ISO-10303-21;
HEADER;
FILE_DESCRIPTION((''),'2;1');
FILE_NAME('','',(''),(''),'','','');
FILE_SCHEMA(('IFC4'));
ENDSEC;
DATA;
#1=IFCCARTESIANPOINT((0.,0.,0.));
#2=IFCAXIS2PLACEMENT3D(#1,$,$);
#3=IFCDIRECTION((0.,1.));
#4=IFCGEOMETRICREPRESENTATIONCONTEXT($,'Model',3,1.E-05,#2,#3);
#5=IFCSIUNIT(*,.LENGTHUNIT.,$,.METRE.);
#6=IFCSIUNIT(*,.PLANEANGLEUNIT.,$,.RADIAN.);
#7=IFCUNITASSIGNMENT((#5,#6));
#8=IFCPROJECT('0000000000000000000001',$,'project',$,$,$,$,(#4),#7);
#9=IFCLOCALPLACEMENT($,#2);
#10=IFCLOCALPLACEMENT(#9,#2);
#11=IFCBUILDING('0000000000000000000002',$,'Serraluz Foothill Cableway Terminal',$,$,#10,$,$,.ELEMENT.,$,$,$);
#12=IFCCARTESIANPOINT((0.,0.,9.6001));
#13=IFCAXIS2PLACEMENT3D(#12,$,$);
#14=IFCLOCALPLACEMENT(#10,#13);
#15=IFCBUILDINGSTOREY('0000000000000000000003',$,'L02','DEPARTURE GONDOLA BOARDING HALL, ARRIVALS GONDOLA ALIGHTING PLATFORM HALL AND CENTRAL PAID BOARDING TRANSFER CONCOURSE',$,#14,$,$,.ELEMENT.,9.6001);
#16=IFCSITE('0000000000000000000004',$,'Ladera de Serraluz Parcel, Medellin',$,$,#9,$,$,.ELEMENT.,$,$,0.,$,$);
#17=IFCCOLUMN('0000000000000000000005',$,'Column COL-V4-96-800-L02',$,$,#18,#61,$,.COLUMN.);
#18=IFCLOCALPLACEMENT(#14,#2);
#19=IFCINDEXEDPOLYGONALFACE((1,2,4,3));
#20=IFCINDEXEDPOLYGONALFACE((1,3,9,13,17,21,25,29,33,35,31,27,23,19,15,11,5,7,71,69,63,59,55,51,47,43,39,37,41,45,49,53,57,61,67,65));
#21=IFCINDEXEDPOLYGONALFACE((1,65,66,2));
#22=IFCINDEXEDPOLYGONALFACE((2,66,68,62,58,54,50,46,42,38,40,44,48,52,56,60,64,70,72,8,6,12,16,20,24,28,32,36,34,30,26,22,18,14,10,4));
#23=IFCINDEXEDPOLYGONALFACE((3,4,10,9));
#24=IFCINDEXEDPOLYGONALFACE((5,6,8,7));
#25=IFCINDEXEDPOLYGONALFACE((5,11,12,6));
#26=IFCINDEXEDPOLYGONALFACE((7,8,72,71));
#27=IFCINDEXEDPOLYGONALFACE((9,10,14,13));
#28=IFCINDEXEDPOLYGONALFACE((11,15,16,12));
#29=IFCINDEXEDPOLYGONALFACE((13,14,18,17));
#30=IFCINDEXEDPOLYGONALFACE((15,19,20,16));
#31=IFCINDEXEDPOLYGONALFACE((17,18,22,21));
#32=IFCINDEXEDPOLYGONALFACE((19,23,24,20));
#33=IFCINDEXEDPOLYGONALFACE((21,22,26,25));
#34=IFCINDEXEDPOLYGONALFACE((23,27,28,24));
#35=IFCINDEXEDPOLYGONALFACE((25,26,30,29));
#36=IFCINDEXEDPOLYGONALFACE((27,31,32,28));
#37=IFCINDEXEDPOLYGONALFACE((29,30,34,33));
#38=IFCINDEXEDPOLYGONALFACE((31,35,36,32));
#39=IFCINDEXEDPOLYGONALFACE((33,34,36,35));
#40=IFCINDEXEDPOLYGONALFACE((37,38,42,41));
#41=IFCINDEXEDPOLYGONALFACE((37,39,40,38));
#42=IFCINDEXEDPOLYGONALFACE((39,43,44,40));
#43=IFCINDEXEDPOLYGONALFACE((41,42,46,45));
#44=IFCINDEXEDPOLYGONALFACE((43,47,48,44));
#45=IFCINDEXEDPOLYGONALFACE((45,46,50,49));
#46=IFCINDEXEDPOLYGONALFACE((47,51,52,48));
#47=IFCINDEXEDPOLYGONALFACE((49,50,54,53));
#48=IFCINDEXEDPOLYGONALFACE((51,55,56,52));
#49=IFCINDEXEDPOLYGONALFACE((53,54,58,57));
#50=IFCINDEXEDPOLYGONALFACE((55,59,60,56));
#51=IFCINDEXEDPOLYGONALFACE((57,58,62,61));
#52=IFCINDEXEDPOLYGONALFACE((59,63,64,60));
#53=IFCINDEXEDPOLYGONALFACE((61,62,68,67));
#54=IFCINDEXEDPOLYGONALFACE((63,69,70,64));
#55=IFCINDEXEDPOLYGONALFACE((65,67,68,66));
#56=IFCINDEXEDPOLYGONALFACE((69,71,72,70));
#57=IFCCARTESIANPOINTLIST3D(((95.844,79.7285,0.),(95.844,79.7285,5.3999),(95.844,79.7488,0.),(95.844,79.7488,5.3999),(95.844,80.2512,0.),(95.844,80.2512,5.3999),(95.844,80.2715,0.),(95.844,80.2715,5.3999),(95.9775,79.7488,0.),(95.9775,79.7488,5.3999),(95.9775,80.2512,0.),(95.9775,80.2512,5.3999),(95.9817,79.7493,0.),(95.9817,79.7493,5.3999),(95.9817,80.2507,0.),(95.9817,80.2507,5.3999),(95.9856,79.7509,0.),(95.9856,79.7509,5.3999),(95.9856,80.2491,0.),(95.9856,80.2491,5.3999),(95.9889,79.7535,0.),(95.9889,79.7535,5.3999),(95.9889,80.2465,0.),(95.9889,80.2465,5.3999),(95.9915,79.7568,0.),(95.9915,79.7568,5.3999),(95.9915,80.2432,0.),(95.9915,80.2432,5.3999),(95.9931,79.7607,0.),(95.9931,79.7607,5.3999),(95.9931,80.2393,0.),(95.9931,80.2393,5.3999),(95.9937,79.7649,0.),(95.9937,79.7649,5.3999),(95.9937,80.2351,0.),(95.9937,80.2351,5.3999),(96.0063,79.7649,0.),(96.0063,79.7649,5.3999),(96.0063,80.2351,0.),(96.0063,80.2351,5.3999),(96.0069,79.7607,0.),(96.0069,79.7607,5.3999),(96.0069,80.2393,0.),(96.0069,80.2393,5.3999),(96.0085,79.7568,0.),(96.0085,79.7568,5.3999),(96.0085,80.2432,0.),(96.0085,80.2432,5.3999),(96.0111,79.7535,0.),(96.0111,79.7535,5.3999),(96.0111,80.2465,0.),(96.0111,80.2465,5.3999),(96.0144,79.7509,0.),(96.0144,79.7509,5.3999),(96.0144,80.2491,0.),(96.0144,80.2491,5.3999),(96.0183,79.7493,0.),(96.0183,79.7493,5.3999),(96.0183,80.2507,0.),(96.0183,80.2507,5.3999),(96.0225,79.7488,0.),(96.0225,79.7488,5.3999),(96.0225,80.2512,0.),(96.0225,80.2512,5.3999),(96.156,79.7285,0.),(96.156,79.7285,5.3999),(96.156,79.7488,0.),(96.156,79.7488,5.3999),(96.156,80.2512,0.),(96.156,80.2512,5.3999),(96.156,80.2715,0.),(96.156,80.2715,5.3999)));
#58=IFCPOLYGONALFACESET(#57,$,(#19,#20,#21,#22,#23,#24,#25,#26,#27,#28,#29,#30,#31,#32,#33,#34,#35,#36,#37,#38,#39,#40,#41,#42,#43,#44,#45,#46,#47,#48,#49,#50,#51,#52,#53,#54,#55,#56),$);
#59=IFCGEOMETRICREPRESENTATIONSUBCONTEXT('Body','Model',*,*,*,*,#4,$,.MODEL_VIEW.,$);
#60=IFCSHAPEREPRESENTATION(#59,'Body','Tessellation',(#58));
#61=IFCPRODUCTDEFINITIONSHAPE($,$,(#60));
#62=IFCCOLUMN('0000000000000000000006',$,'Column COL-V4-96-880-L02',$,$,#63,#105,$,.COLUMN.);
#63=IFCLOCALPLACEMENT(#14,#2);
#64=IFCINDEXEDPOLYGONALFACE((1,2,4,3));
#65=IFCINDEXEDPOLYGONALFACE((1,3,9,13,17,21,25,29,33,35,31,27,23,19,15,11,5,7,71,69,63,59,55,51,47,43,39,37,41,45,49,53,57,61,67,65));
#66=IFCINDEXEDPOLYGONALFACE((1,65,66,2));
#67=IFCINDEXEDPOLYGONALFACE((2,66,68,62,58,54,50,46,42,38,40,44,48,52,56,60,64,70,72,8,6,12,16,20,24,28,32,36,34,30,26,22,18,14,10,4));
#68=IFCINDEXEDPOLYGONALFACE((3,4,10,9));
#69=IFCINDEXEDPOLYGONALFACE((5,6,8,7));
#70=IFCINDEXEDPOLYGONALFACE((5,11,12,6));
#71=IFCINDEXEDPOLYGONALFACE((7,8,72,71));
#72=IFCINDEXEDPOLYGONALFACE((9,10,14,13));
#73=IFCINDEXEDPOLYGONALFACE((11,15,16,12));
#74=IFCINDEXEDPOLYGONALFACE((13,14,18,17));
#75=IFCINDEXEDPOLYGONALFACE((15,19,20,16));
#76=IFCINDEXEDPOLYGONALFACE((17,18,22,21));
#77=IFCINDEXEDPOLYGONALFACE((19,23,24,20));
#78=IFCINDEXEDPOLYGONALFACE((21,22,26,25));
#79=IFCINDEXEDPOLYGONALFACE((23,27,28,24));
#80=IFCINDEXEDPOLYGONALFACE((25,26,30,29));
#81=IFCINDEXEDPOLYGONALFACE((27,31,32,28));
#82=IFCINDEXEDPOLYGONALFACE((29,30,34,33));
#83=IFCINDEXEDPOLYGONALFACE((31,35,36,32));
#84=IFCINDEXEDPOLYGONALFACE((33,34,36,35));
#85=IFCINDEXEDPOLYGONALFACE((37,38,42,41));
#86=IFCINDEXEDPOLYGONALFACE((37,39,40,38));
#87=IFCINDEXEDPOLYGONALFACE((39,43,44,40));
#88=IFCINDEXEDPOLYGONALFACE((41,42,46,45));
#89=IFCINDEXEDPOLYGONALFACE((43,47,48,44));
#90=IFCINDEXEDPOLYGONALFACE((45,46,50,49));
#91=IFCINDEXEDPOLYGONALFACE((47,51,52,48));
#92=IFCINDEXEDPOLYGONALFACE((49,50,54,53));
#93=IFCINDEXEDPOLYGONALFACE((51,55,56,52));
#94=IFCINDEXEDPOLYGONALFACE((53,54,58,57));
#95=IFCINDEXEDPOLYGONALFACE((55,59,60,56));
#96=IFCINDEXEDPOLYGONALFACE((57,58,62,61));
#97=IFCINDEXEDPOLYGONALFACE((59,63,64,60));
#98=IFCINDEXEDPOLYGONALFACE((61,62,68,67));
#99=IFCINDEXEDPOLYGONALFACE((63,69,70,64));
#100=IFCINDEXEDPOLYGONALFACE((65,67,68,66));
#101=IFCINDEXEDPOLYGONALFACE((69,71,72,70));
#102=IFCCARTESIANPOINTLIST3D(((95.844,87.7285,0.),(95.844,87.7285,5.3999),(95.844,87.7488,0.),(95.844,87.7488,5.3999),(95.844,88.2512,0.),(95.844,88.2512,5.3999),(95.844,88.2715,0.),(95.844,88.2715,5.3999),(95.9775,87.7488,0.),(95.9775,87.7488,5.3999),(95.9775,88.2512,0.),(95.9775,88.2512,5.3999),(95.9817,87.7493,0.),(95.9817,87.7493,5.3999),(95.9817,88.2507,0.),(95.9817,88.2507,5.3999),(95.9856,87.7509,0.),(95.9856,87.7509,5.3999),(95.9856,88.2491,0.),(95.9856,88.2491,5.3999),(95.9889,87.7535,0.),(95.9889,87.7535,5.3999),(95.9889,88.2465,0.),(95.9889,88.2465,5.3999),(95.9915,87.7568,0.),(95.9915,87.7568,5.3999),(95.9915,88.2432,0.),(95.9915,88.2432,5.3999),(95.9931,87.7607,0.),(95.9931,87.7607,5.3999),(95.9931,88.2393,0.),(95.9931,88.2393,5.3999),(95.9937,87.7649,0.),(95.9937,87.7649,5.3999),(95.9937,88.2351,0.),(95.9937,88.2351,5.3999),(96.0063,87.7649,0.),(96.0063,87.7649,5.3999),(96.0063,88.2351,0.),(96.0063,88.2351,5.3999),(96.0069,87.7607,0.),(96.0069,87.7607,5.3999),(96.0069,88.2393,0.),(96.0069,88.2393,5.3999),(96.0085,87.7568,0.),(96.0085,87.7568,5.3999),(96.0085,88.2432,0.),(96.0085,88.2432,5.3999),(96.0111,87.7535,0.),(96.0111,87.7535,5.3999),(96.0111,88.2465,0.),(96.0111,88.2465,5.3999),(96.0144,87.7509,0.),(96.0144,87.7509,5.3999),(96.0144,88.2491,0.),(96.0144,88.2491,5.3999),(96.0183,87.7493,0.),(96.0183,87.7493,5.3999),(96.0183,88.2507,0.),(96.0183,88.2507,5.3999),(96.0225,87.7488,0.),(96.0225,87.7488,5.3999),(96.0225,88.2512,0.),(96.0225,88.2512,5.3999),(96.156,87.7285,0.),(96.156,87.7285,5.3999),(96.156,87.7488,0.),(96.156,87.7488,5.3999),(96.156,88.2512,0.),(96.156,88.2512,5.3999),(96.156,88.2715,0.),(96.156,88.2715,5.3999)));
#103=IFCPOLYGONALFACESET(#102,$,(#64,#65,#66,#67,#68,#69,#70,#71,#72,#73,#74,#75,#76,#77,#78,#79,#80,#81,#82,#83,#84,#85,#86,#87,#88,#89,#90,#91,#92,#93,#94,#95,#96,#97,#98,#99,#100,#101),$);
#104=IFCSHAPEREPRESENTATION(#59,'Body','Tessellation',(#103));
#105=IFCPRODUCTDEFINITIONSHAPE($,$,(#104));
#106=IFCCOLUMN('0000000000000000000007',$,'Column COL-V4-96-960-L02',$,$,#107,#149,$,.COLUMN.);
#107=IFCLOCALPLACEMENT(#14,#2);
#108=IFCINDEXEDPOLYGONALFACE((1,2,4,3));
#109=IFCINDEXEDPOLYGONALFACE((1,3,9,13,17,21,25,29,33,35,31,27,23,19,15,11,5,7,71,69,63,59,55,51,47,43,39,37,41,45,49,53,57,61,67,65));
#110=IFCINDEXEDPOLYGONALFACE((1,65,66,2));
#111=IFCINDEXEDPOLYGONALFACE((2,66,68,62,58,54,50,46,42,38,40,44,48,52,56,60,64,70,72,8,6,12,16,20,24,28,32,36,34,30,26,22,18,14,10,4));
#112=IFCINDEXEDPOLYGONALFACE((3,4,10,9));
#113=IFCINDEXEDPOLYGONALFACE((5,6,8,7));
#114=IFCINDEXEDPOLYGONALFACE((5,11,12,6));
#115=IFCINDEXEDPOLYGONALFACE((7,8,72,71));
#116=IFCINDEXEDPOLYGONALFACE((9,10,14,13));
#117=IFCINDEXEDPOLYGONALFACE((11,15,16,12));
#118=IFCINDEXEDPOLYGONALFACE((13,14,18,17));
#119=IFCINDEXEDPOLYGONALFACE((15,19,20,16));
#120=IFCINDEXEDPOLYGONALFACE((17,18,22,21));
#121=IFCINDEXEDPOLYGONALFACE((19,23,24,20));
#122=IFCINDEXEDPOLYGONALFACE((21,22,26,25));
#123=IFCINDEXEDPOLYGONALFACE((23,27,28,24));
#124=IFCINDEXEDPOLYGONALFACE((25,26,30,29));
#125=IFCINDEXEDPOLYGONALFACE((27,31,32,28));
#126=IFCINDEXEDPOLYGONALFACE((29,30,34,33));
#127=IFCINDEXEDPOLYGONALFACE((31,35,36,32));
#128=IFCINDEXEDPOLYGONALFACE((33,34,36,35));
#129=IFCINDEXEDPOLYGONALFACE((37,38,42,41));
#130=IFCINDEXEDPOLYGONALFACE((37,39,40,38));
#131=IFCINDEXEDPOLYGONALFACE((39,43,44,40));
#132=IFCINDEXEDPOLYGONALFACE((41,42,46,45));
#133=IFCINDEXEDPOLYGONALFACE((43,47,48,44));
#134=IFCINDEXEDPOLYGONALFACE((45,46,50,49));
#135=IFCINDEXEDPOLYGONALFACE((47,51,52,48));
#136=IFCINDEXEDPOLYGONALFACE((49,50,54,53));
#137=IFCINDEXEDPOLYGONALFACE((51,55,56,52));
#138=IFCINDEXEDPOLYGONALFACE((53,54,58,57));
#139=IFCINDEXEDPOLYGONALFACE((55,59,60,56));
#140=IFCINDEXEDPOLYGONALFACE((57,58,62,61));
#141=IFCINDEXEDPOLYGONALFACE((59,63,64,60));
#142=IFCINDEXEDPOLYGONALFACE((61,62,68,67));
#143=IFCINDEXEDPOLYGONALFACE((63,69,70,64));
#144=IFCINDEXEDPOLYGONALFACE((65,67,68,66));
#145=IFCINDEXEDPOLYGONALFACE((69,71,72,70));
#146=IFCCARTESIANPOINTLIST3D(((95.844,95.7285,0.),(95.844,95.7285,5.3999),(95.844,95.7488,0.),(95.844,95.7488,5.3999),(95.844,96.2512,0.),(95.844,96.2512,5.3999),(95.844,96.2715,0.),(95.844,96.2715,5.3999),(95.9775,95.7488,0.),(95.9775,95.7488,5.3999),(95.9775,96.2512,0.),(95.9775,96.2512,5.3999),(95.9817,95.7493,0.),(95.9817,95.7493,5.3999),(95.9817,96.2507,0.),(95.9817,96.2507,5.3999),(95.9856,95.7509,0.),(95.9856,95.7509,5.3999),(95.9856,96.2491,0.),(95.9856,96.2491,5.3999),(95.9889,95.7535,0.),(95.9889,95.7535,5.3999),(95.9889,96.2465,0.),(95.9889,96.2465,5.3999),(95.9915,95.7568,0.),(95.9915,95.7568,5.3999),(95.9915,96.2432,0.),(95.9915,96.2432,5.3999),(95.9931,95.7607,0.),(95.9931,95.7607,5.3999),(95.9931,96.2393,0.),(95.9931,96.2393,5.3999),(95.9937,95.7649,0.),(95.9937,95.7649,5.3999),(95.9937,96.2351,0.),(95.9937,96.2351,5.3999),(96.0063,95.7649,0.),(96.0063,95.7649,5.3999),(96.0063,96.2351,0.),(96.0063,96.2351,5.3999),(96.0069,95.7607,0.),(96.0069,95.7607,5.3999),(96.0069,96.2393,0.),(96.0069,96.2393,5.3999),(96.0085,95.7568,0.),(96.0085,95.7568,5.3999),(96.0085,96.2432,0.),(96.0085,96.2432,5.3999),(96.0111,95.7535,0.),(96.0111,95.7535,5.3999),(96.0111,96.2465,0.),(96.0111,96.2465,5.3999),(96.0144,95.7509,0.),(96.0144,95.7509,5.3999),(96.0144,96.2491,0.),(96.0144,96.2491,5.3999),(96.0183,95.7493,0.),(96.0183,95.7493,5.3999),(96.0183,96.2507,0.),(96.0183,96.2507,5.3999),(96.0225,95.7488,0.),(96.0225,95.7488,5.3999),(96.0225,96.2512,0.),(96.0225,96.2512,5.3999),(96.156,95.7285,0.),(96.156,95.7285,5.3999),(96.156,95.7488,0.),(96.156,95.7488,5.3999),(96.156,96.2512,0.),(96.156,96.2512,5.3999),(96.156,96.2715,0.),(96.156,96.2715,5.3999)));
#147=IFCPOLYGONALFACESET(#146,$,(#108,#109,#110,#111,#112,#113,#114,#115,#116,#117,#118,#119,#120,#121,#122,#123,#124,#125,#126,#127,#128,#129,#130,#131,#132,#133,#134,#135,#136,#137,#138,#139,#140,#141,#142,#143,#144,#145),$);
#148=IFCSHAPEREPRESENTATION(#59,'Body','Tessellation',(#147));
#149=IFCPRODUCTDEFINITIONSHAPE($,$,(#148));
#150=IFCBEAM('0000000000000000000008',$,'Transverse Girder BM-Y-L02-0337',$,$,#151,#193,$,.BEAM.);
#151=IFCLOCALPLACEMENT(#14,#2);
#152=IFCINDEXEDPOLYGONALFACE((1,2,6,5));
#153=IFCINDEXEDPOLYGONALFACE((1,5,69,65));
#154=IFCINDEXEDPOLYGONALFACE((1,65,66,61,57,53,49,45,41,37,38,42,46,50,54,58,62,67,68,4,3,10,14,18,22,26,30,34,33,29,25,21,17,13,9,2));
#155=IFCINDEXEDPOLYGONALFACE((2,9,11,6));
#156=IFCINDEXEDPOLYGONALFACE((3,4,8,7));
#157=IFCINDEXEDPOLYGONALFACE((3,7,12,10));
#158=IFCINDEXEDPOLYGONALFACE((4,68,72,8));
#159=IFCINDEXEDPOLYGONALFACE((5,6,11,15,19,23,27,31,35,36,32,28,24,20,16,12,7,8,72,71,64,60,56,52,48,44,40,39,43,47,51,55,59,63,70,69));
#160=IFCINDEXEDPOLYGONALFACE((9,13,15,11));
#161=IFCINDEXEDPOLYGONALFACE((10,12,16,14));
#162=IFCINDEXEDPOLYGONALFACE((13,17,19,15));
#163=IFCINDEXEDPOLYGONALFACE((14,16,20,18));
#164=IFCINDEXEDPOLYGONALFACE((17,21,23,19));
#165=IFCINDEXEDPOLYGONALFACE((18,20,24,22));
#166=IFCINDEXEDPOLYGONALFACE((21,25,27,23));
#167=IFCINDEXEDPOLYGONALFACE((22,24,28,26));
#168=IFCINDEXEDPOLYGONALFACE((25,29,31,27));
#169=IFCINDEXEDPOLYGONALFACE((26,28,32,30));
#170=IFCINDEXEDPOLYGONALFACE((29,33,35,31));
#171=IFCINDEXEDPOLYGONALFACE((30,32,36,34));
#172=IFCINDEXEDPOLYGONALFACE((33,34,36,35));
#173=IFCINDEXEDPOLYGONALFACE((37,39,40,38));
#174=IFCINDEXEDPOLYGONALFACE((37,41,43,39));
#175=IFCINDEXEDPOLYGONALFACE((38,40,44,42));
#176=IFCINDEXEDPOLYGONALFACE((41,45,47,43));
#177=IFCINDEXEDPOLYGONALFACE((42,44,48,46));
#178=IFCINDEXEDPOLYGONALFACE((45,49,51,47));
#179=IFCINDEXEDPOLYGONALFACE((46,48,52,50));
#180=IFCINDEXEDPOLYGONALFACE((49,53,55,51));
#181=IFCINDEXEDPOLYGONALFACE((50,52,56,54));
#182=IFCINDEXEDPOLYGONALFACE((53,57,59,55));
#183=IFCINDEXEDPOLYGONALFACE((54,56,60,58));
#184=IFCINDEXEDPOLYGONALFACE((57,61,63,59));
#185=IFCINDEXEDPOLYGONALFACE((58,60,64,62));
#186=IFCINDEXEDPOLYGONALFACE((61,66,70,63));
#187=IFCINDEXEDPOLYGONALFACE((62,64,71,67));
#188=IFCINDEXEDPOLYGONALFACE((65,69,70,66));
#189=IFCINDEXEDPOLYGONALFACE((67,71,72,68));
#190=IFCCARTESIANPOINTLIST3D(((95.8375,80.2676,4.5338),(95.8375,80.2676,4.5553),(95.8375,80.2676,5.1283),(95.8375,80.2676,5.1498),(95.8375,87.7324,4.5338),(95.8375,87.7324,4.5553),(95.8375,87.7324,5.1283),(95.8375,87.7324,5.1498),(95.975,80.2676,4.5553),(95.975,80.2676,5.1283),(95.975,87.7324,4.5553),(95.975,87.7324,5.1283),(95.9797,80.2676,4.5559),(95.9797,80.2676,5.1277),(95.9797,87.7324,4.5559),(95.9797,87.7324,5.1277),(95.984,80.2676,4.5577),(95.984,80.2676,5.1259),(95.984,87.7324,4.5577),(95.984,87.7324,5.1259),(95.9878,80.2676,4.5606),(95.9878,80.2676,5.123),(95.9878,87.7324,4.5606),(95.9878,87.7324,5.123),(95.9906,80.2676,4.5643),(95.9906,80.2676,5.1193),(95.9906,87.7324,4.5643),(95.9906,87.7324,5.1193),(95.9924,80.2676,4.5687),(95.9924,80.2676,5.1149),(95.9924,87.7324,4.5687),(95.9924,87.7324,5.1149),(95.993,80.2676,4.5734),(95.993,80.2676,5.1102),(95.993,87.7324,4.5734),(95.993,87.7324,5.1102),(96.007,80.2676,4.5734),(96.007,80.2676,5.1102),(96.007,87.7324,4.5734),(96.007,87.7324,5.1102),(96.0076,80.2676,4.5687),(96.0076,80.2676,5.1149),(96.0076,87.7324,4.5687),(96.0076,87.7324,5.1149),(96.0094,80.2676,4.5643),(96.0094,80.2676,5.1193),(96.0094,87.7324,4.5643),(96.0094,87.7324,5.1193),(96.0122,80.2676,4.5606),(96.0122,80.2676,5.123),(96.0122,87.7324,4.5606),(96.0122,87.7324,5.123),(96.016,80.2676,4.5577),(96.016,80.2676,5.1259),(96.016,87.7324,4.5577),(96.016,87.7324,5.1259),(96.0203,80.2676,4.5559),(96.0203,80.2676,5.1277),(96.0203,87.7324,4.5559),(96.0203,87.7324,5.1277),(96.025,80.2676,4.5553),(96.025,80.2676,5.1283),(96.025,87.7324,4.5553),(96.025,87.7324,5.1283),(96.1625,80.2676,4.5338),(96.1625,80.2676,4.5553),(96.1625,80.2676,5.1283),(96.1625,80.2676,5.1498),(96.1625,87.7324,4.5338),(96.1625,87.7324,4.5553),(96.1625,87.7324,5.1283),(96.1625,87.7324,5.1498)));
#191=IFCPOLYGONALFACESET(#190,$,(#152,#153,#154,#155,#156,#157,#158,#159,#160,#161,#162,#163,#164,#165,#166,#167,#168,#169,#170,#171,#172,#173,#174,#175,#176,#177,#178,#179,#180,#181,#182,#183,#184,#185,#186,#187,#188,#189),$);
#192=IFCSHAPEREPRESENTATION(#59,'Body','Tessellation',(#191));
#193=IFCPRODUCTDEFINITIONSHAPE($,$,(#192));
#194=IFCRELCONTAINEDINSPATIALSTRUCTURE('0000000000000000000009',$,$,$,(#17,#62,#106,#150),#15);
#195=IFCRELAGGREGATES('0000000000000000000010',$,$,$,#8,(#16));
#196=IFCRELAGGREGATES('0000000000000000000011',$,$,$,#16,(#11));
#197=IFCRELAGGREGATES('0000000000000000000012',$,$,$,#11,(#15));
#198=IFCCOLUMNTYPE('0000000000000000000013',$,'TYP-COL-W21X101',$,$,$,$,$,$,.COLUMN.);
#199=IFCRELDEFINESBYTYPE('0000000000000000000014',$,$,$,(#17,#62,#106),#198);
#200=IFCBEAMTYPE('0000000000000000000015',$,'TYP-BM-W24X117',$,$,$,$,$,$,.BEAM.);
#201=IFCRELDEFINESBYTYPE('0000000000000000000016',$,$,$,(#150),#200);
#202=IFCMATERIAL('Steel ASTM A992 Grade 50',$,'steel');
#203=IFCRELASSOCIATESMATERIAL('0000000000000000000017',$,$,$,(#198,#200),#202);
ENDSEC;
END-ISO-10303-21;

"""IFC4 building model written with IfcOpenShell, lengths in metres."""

from ifc_helpers import new_model, si_unit, direction, frame, origin, origin_2d, place, context, subcontext, project, spatial, i_section, extrude, material, material_profile, profile_set, type_object, element, save


model = new_model("IFC4")

# Units and contexts
model_context = context("Model", 3, precision=1e-05, world=origin(), true_north=direction((0.0, 1.0)))
body_context = subcontext(model_context, "Body", "Model", "MODEL_VIEW")
ifc_project = project(units=[si_unit("LENGTHUNIT", "METRE"), si_unit("PLANEANGLEUNIT", "RADIAN")], contexts=[model_context])

# Site, building, storey
site_placement = place(None, origin())
site = spatial("IfcSite", under=ifc_project, at=site_placement, Name="Ladera de Serraluz Parcel, Medellin", CompositionType="ELEMENT", RefElevation=0.0)
building_placement = place(site_placement, origin())
building = spatial("IfcBuilding", under=site, at=building_placement, Name="Serraluz Foothill Cableway Terminal", CompositionType="ELEMENT")
storey_placement = place(building_placement, frame((0.0, 0.0, 9.6001)))
storey = spatial("IfcBuildingStorey", under=building, at=storey_placement, Name="L02", Description="DEPARTURE GONDOLA BOARDING HALL, ARRIVALS GONDOLA ALIGHTING PLATFORM HALL AND CENTRAL PAID BOARDING TRANSFER CONCOURSE", CompositionType="ELEMENT", Elevation=9.6001)

# Columns
ifc_material_1 = material(Name="Steel ASTM A992 Grade 50", Category="steel")
ifc_material_profile_1 = material_profile(ifc_material_1, i_section(OverallWidth=0.312, OverallDepth=0.543, WebThickness=0.0127, FlangeThickness=0.0203, FilletRadius=0.0161, at=origin_2d()), Name="W21X101")
ifc_profile_set_1 = profile_set([ifc_material_profile_1], Name="Steel ASTM A992 Grade 50")
column_type = type_object("IfcColumnType", Name="TYP-COL-W21X101", PredefinedType="COLUMN", material=ifc_profile_set_1)
for number, where, z_axis, x_axis, name in (
    (1, (96.0, 80.0, 0.0), (0.0, 0.0, 1.0), (1.0, 0.0, 0.0), "Column COL-V4-96-800-L02"),
    (2, (96.0, 88.0, 0.0), (0.0, 0.0, 1.0), (1.0, 0.0, 0.0), "Column COL-V4-96-880-L02"),
    (3, (96.0, 96.0, 0.0), (0.0, 0.0, 1.0), (1.0, 0.0, 0.0), "Column COL-V4-96-960-L02"),
):
    element("IfcColumn", number, at=place(storey_placement, frame(where, z_axis=z_axis, x_axis=x_axis)), inside=storey, type_object=column_type, Name=name, PredefinedType="COLUMN", context=body_context, shape_type="SweptSolid", body=[
        extrude(i_section(OverallWidth=0.312, OverallDepth=0.543, WebThickness=0.0127, FlangeThickness=0.0203, FilletRadius=0.0161, at=origin_2d()), origin(), (0.0, 0.0, 1.0), 5.3999),
    ])

# Beam
ifc_material_profile_2 = material_profile(ifc_material_1, i_section(OverallWidth=0.325, OverallDepth=0.616, WebThickness=0.0139, FlangeThickness=0.0215, FilletRadius=0.0181, at=origin_2d()), Name="W24X117")
ifc_profile_set_2 = profile_set([ifc_material_profile_2], Name="Steel ASTM A992 Grade 50")
beam_type_1 = type_object("IfcBeamType", Name="TYP-BM-W24X117", PredefinedType="BEAM", material=ifc_profile_set_2)
for number, where, z_axis, x_axis, name in (
    (4, (96.0, 80.2676, 4.8418), (0.0, 1.0, 0.0), (-1.0, 0.0, 0.0), "Transverse Girder BM-Y-L02-0337"),
):
    element("IfcBeam", number, at=place(storey_placement, frame(where, z_axis=z_axis, x_axis=x_axis)), inside=storey, type_object=beam_type_1, Name=name, PredefinedType="BEAM", context=body_context, shape_type="SweptSolid", body=[
        extrude(i_section(OverallWidth=0.325, OverallDepth=0.616, WebThickness=0.0139, FlangeThickness=0.0215, FilletRadius=0.0181, at=origin_2d()), origin(), (0.0, 0.0, 1.0), 7.4648),
    ])

save(model, "model.ifc")
